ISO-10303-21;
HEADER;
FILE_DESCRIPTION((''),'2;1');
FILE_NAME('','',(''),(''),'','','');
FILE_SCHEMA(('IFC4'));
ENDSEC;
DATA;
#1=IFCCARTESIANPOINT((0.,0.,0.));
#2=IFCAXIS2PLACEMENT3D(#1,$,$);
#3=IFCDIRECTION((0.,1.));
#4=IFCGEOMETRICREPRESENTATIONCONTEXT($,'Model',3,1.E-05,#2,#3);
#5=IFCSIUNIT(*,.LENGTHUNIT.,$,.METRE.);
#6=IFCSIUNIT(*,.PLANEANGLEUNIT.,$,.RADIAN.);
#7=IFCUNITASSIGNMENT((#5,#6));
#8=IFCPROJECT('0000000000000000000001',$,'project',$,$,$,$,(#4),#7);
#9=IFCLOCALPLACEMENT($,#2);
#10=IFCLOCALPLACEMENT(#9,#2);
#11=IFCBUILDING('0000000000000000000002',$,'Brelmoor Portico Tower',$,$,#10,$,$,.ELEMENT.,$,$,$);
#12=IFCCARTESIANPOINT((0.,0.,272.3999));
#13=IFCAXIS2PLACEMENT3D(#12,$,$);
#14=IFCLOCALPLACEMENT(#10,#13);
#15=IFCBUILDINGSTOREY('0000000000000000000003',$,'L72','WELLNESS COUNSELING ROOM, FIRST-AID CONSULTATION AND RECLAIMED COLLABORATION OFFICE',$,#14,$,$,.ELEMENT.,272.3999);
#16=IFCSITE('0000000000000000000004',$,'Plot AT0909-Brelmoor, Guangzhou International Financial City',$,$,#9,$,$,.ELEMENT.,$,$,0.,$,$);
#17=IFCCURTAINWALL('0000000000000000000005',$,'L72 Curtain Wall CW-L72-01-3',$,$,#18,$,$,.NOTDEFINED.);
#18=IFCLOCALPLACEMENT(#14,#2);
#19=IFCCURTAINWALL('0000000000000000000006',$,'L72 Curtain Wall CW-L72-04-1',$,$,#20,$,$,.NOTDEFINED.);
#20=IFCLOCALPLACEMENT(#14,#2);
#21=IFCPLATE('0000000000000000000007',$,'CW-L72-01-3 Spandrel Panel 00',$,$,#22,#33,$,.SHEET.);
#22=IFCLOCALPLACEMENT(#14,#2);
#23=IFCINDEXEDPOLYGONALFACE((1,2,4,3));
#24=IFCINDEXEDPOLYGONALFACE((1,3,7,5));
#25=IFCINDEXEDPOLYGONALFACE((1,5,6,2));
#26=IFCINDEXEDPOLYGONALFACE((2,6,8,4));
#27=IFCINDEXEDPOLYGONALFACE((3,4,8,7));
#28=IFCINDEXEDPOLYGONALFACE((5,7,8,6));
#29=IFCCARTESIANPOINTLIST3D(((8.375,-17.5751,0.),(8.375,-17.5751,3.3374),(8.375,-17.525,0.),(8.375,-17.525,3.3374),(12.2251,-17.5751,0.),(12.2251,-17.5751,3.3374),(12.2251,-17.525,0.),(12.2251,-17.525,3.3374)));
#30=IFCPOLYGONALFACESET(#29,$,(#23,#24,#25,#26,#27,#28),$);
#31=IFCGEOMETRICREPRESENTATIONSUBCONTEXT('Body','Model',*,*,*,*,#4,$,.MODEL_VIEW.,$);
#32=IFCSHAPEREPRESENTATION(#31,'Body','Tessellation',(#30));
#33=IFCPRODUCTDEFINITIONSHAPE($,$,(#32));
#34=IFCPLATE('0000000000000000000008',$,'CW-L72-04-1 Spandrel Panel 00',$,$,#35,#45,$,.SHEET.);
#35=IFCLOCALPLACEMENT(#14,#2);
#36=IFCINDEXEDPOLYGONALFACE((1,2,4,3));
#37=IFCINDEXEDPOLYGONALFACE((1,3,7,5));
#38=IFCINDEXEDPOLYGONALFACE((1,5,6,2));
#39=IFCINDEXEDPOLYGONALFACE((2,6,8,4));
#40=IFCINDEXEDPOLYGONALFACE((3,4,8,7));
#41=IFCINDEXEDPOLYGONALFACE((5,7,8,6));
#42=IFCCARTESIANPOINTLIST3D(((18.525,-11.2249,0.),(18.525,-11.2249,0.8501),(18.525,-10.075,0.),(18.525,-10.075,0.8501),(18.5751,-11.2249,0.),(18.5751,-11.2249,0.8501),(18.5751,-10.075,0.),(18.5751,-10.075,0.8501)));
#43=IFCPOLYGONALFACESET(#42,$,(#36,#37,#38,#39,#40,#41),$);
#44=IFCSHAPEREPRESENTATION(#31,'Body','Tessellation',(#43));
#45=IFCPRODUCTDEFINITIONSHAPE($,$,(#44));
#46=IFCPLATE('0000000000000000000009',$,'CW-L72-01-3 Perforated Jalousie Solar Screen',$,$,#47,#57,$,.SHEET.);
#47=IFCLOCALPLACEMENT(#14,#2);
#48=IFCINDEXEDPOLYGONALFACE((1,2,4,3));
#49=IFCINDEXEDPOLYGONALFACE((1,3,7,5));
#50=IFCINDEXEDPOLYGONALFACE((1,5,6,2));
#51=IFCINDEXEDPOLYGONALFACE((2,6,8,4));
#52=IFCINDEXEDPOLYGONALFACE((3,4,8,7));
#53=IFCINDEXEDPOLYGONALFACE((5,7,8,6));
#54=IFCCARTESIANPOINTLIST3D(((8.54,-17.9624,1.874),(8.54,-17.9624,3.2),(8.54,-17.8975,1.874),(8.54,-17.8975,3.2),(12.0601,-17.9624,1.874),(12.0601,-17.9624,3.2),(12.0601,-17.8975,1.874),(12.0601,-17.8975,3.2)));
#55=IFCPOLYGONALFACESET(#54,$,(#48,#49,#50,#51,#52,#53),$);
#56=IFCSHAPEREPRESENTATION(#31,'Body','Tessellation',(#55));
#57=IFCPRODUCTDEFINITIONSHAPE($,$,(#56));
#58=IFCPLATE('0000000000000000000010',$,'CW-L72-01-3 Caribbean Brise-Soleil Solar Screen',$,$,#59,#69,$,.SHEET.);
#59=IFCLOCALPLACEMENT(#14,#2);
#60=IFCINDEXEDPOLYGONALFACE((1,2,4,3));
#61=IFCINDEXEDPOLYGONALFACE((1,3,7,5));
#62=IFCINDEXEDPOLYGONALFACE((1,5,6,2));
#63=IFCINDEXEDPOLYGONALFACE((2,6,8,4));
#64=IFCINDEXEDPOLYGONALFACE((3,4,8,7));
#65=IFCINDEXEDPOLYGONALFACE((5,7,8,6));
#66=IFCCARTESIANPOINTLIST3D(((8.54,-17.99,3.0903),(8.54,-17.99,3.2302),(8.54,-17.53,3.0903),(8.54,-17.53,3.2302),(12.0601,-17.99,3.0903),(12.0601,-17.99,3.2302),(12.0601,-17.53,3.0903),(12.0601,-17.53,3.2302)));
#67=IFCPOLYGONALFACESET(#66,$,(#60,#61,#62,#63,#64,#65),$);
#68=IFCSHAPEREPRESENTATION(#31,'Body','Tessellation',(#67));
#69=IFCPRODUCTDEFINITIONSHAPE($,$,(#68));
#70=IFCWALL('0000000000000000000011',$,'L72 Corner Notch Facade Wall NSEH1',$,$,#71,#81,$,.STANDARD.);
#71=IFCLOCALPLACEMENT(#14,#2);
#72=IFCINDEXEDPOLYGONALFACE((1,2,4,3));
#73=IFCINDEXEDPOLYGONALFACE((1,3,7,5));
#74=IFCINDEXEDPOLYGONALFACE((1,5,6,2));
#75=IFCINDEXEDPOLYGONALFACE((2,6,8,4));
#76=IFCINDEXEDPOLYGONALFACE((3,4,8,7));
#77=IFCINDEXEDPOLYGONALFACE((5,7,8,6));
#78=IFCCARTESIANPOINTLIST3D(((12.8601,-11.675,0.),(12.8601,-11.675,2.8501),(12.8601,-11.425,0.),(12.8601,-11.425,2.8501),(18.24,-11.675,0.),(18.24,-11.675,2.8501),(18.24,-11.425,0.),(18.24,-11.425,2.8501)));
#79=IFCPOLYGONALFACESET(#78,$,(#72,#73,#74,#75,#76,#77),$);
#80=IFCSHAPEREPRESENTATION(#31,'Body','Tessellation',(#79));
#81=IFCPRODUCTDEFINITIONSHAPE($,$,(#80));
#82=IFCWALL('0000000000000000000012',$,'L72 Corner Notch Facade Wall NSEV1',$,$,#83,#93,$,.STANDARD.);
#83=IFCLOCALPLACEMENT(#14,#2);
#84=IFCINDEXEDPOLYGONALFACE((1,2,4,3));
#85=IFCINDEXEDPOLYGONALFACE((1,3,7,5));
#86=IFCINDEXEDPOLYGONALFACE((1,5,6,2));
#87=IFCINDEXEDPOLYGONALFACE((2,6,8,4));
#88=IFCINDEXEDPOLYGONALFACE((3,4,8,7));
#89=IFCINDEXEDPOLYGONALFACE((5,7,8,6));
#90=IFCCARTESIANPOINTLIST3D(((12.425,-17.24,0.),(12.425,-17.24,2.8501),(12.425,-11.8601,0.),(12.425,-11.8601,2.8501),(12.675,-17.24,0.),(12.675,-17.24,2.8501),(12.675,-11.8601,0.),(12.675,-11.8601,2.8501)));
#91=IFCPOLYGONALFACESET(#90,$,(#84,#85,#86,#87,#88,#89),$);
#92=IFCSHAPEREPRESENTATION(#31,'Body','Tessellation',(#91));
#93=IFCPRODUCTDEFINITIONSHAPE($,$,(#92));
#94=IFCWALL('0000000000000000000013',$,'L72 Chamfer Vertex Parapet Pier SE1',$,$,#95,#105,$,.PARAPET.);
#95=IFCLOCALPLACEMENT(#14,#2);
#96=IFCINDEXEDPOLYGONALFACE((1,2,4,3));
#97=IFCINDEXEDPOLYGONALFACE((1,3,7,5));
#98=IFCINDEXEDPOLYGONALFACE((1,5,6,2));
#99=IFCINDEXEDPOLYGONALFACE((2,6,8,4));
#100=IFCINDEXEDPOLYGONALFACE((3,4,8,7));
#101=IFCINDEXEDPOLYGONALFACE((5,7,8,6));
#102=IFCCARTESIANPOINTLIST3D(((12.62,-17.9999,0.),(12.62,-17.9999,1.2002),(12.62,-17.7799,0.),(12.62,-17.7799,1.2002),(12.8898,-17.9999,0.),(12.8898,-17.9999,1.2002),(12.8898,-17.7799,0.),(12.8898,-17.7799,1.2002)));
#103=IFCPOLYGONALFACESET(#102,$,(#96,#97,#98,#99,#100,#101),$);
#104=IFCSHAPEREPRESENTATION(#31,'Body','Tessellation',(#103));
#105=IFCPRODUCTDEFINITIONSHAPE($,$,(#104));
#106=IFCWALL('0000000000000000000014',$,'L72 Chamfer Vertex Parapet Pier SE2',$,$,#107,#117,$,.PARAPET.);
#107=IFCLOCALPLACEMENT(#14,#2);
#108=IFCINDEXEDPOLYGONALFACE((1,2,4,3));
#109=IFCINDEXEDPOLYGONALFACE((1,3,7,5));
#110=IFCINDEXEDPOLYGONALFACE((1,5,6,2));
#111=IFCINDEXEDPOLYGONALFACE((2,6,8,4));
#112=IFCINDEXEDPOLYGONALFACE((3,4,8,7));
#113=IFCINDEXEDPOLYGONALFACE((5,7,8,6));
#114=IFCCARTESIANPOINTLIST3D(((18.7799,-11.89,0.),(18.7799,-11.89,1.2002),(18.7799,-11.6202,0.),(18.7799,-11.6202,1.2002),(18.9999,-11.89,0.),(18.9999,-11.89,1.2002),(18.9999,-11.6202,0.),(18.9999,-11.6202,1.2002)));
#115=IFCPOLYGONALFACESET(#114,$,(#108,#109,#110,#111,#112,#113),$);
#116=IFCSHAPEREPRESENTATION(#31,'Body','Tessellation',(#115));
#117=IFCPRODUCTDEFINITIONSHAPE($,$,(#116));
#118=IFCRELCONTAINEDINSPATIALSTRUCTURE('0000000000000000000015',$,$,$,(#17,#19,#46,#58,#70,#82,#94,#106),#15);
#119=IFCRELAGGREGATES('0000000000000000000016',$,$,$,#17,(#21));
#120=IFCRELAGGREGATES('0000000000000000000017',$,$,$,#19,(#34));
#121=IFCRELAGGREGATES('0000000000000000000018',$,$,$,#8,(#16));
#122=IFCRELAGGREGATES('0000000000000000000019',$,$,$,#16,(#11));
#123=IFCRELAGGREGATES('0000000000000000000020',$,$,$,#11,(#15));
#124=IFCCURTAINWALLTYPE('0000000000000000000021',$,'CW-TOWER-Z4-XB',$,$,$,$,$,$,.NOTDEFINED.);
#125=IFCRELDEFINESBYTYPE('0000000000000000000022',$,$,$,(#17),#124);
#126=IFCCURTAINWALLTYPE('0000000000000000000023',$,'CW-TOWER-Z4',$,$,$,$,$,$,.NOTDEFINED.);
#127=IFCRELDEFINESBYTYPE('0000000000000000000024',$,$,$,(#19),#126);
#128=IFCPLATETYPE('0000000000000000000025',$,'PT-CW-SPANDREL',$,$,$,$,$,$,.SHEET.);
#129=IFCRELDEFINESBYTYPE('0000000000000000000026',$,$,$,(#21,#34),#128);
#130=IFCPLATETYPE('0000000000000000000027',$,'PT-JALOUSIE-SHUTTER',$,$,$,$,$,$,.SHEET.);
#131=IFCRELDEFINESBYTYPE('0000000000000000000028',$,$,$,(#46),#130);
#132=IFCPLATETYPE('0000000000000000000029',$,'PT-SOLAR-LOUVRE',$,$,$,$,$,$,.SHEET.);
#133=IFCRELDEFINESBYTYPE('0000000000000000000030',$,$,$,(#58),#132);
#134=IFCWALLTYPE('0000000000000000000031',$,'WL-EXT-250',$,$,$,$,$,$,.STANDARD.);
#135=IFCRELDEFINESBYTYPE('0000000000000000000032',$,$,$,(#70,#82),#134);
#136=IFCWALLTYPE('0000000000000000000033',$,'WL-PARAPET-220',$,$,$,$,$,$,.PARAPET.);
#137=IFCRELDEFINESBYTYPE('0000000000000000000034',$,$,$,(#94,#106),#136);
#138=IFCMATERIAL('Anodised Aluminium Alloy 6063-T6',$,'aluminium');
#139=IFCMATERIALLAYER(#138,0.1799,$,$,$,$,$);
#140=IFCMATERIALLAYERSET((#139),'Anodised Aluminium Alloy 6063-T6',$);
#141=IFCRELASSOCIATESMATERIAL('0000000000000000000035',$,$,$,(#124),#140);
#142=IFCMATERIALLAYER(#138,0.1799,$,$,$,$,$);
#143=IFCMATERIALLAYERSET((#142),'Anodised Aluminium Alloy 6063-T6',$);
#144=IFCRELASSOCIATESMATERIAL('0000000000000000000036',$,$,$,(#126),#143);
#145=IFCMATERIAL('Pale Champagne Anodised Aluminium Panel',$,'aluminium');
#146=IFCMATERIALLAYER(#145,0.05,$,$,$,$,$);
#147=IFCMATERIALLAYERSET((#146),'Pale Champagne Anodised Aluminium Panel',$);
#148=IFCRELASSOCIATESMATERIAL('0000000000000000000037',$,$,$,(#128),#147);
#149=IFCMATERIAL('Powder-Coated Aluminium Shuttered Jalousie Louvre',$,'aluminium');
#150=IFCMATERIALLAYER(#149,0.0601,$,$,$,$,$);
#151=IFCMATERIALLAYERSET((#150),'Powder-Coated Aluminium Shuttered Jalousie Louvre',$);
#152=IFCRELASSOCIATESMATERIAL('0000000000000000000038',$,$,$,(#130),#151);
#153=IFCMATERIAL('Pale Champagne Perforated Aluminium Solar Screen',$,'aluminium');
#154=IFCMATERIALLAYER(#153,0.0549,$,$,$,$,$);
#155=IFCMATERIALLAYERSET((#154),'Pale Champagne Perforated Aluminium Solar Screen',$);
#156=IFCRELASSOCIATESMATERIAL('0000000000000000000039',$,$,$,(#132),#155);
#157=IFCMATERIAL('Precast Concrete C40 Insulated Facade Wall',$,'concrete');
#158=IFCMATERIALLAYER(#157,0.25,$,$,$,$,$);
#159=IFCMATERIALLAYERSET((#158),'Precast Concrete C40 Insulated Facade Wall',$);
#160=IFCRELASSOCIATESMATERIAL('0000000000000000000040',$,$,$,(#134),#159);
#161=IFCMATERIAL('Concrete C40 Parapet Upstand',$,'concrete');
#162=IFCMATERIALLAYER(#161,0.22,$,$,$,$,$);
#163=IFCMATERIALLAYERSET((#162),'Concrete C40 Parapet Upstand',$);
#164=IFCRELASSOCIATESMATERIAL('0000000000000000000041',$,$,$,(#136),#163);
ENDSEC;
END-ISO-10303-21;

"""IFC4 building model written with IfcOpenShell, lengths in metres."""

from ifc_helpers import new_model, si_unit, direction, frame, frame_2d, origin, origin_2d, place, context, subcontext, project, spatial, rectangle, extrude, material, layer, layer_set, type_object, element, aggregate, save


model = new_model("IFC4")

# Units and contexts
model_context = context("Model", 3, precision=1e-05, world=origin(), true_north=direction((0.0, 1.0)))
body_context = subcontext(model_context, "Body", "Model", "MODEL_VIEW")
ifc_project = project(units=[si_unit("LENGTHUNIT", "METRE"), si_unit("PLANEANGLEUNIT", "RADIAN")], contexts=[model_context])

# Site, building, storey
site_placement = place(None, origin())
site = spatial("IfcSite", under=ifc_project, at=site_placement, Name="Plot AT0909-Brelmoor, Guangzhou International Financial City", CompositionType="ELEMENT", RefElevation=0.0)
building_placement = place(site_placement, origin())
building = spatial("IfcBuilding", under=site, at=building_placement, Name="Brelmoor Portico Tower", CompositionType="ELEMENT")
storey_placement = place(building_placement, frame((0.0, 0.0, 272.3999)))
storey = spatial("IfcBuildingStorey", under=building, at=storey_placement, Name="L72", Description="WELLNESS COUNSELING ROOM, FIRST-AID CONSULTATION AND RECLAIMED COLLABORATION OFFICE", CompositionType="ELEMENT", Elevation=272.3999)

# Curtain wall
ifc_material_1 = material(Name="Anodised Aluminium Alloy 6063-T6", Category="aluminium")
ifc_layer_1 = layer(ifc_material_1, 0.1799)
ifc_layer_set_1 = layer_set([ifc_layer_1], Name="Anodised Aluminium Alloy 6063-T6")
curtain_wall_type_1 = type_object("IfcCurtainWallType", Name="CW-TOWER-Z4-XB", PredefinedType="NOTDEFINED", material=ifc_layer_set_1)
curtain_wall_1_placement = place(storey_placement, origin())
curtain_wall_1 = element("IfcCurtainWall", 1, at=curtain_wall_1_placement, inside=storey, type_object=curtain_wall_type_1, Name="L72 Curtain Wall CW-L72-01-3", PredefinedType="NOTDEFINED")

# Curtain wall
ifc_layer_2 = layer(ifc_material_1, 0.1799)
ifc_layer_set_2 = layer_set([ifc_layer_2], Name="Anodised Aluminium Alloy 6063-T6")
curtain_wall_type_2 = type_object("IfcCurtainWallType", Name="CW-TOWER-Z4", PredefinedType="NOTDEFINED", material=ifc_layer_set_2)
curtain_wall_2_placement = place(storey_placement, origin())
curtain_wall_2 = element("IfcCurtainWall", 2, at=curtain_wall_2_placement, inside=storey, type_object=curtain_wall_type_2, Name="L72 Curtain Wall CW-L72-04-1", PredefinedType="NOTDEFINED")

# Plates
ifc_material_2 = material(Name="Pale Champagne Anodised Aluminium Panel", Category="aluminium")
ifc_layer_3 = layer(ifc_material_2, 0.05)
ifc_layer_set_3 = layer_set([ifc_layer_3], Name="Pale Champagne Anodised Aluminium Panel")
plate_type_1 = type_object("IfcPlateType", Name="PT-CW-SPANDREL", PredefinedType="SHEET", material=ifc_layer_set_3)
plate_1_placement = place(storey_placement, frame((10.3, -17.55, 0.0), z_axis=(0.0, 0.0, 1.0), x_axis=(1.0, 0.0, 0.0)))
plate_1 = element("IfcPlate", 3, at=plate_1_placement, type_object=plate_type_1, Name="CW-L72-01-3 Spandrel Panel 00", PredefinedType="SHEET", context=body_context, shape_type="SweptSolid", body=[
    extrude(rectangle(XDim=3.8501, YDim=0.05, at=origin_2d()), origin(), (0.0, 0.0, 1.0), 3.3374),
])
aggregate(curtain_wall_1, [plate_1])
plate_2_placement = place(storey_placement, frame((18.55, -10.6499, 0.0), z_axis=(0.0, 0.0, 1.0), x_axis=(0.0, 1.0, 0.0)))
plate_2 = element("IfcPlate", 4, at=plate_2_placement, type_object=plate_type_1, Name="CW-L72-04-1 Spandrel Panel 00", PredefinedType="SHEET", context=body_context, shape_type="SweptSolid", body=[
    extrude(rectangle(XDim=1.1499, YDim=0.05, at=origin_2d()), origin(), (0.0, 0.0, 1.0), 0.8501),
])
aggregate(curtain_wall_2, [plate_2])

# Plates
ifc_material_3 = material(Name="Powder-Coated Aluminium Shuttered Jalousie Louvre", Category="aluminium")
ifc_layer_4 = layer(ifc_material_3, 0.0601)
ifc_layer_set_4 = layer_set([ifc_layer_4], Name="Powder-Coated Aluminium Shuttered Jalousie Louvre")
plate_type_2 = type_object("IfcPlateType", Name="PT-JALOUSIE-SHUTTER", PredefinedType="SHEET", material=ifc_layer_set_4)
plate_3_placement = place(storey_placement, frame((10.3, -17.9299, 1.874), z_axis=(0.0, 0.0, 1.0), x_axis=(1.0, 0.0, 0.0)))
element("IfcPlate", 5, at=plate_3_placement, inside=storey, type_object=plate_type_2, Name="CW-L72-01-3 Perforated Jalousie Solar Screen", PredefinedType="SHEET", context=body_context, shape_type="SweptSolid", body=[
    extrude(rectangle(XDim=3.52, YDim=0.0649, at=origin_2d()), origin(), (0.0, 0.0, 1.0), 1.3259),
])
ifc_material_4 = material(Name="Pale Champagne Perforated Aluminium Solar Screen", Category="aluminium")
ifc_layer_5 = layer(ifc_material_4, 0.0549)
ifc_layer_set_5 = layer_set([ifc_layer_5], Name="Pale Champagne Perforated Aluminium Solar Screen")
plate_type_3 = type_object("IfcPlateType", Name="PT-SOLAR-LOUVRE", PredefinedType="SHEET", material=ifc_layer_set_5)
plate_4_placement = place(storey_placement, frame((10.3, -17.76, 3.0903), z_axis=(0.0, 0.0, 1.0), x_axis=(1.0, 0.0, 0.0)))
element("IfcPlate", 6, at=plate_4_placement, inside=storey, type_object=plate_type_3, Name="CW-L72-01-3 Caribbean Brise-Soleil Solar Screen", PredefinedType="SHEET", context=body_context, shape_type="SweptSolid", body=[
    extrude(rectangle(XDim=3.52, YDim=0.46, at=origin_2d()), origin(), (0.0, 0.0, 1.0), 0.1399),
])

# Walls
ifc_material_5 = material(Name="Precast Concrete C40 Insulated Facade Wall", Category="concrete")
ifc_layer_6 = layer(ifc_material_5, 0.25)
ifc_layer_set_6 = layer_set([ifc_layer_6], Name="Precast Concrete C40 Insulated Facade Wall")
wall_type_1 = type_object("IfcWallType", Name="WL-EXT-250", PredefinedType="STANDARD", material=ifc_layer_set_6)
for number, where, z_axis, x_axis, name in (
    (7, (12.8601, -11.55, 0.0), (0.0, 0.0, 1.0), (1.0, 0.0, 0.0), "L72 Corner Notch Facade Wall NSEH1"),
    (8, (12.55, -17.24, 0.0), (0.0, 0.0, 1.0), (0.0, 1.0, 0.0), "L72 Corner Notch Facade Wall NSEV1"),
):
    element("IfcWall", number, at=place(storey_placement, frame(where, z_axis=z_axis, x_axis=x_axis)), inside=storey, type_object=wall_type_1, Name=name, PredefinedType="STANDARD", context=body_context, shape_type="SweptSolid", body=[
        extrude(rectangle(XDim=5.3799, YDim=0.25, at=frame_2d((2.6899, 0.0))), origin(), (0.0, 0.0, 1.0), 2.8501),
    ])
ifc_material_6 = material(Name="Concrete C40 Parapet Upstand", Category="concrete")
ifc_layer_7 = layer(ifc_material_6, 0.22)
ifc_layer_set_7 = layer_set([ifc_layer_7], Name="Concrete C40 Parapet Upstand")
wall_type_2 = type_object("IfcWallType", Name="WL-PARAPET-220", PredefinedType="PARAPET", material=ifc_layer_set_7)
for number, where, z_axis, x_axis, name in (
    (9, (12.6201, -17.8899, 0.0), (0.0, 0.0, 1.0), (1.0, 0.0, 0.0), "L72 Chamfer Vertex Parapet Pier SE1"),
    (10, (18.8899, -11.8899, 0.0), (0.0, 0.0, 1.0), (0.0, 1.0, 0.0), "L72 Chamfer Vertex Parapet Pier SE2"),
):
    element("IfcWall", number, at=place(storey_placement, frame(where, z_axis=z_axis, x_axis=x_axis)), inside=storey, type_object=wall_type_2, Name=name, PredefinedType="PARAPET", context=body_context, shape_type="SweptSolid", body=[
        extrude(rectangle(XDim=0.2698, YDim=0.22, at=frame_2d((0.1348, 0.0))), origin(), (0.0, 0.0, 1.0), 1.2002),
    ])

save(model, "model.ifc")
